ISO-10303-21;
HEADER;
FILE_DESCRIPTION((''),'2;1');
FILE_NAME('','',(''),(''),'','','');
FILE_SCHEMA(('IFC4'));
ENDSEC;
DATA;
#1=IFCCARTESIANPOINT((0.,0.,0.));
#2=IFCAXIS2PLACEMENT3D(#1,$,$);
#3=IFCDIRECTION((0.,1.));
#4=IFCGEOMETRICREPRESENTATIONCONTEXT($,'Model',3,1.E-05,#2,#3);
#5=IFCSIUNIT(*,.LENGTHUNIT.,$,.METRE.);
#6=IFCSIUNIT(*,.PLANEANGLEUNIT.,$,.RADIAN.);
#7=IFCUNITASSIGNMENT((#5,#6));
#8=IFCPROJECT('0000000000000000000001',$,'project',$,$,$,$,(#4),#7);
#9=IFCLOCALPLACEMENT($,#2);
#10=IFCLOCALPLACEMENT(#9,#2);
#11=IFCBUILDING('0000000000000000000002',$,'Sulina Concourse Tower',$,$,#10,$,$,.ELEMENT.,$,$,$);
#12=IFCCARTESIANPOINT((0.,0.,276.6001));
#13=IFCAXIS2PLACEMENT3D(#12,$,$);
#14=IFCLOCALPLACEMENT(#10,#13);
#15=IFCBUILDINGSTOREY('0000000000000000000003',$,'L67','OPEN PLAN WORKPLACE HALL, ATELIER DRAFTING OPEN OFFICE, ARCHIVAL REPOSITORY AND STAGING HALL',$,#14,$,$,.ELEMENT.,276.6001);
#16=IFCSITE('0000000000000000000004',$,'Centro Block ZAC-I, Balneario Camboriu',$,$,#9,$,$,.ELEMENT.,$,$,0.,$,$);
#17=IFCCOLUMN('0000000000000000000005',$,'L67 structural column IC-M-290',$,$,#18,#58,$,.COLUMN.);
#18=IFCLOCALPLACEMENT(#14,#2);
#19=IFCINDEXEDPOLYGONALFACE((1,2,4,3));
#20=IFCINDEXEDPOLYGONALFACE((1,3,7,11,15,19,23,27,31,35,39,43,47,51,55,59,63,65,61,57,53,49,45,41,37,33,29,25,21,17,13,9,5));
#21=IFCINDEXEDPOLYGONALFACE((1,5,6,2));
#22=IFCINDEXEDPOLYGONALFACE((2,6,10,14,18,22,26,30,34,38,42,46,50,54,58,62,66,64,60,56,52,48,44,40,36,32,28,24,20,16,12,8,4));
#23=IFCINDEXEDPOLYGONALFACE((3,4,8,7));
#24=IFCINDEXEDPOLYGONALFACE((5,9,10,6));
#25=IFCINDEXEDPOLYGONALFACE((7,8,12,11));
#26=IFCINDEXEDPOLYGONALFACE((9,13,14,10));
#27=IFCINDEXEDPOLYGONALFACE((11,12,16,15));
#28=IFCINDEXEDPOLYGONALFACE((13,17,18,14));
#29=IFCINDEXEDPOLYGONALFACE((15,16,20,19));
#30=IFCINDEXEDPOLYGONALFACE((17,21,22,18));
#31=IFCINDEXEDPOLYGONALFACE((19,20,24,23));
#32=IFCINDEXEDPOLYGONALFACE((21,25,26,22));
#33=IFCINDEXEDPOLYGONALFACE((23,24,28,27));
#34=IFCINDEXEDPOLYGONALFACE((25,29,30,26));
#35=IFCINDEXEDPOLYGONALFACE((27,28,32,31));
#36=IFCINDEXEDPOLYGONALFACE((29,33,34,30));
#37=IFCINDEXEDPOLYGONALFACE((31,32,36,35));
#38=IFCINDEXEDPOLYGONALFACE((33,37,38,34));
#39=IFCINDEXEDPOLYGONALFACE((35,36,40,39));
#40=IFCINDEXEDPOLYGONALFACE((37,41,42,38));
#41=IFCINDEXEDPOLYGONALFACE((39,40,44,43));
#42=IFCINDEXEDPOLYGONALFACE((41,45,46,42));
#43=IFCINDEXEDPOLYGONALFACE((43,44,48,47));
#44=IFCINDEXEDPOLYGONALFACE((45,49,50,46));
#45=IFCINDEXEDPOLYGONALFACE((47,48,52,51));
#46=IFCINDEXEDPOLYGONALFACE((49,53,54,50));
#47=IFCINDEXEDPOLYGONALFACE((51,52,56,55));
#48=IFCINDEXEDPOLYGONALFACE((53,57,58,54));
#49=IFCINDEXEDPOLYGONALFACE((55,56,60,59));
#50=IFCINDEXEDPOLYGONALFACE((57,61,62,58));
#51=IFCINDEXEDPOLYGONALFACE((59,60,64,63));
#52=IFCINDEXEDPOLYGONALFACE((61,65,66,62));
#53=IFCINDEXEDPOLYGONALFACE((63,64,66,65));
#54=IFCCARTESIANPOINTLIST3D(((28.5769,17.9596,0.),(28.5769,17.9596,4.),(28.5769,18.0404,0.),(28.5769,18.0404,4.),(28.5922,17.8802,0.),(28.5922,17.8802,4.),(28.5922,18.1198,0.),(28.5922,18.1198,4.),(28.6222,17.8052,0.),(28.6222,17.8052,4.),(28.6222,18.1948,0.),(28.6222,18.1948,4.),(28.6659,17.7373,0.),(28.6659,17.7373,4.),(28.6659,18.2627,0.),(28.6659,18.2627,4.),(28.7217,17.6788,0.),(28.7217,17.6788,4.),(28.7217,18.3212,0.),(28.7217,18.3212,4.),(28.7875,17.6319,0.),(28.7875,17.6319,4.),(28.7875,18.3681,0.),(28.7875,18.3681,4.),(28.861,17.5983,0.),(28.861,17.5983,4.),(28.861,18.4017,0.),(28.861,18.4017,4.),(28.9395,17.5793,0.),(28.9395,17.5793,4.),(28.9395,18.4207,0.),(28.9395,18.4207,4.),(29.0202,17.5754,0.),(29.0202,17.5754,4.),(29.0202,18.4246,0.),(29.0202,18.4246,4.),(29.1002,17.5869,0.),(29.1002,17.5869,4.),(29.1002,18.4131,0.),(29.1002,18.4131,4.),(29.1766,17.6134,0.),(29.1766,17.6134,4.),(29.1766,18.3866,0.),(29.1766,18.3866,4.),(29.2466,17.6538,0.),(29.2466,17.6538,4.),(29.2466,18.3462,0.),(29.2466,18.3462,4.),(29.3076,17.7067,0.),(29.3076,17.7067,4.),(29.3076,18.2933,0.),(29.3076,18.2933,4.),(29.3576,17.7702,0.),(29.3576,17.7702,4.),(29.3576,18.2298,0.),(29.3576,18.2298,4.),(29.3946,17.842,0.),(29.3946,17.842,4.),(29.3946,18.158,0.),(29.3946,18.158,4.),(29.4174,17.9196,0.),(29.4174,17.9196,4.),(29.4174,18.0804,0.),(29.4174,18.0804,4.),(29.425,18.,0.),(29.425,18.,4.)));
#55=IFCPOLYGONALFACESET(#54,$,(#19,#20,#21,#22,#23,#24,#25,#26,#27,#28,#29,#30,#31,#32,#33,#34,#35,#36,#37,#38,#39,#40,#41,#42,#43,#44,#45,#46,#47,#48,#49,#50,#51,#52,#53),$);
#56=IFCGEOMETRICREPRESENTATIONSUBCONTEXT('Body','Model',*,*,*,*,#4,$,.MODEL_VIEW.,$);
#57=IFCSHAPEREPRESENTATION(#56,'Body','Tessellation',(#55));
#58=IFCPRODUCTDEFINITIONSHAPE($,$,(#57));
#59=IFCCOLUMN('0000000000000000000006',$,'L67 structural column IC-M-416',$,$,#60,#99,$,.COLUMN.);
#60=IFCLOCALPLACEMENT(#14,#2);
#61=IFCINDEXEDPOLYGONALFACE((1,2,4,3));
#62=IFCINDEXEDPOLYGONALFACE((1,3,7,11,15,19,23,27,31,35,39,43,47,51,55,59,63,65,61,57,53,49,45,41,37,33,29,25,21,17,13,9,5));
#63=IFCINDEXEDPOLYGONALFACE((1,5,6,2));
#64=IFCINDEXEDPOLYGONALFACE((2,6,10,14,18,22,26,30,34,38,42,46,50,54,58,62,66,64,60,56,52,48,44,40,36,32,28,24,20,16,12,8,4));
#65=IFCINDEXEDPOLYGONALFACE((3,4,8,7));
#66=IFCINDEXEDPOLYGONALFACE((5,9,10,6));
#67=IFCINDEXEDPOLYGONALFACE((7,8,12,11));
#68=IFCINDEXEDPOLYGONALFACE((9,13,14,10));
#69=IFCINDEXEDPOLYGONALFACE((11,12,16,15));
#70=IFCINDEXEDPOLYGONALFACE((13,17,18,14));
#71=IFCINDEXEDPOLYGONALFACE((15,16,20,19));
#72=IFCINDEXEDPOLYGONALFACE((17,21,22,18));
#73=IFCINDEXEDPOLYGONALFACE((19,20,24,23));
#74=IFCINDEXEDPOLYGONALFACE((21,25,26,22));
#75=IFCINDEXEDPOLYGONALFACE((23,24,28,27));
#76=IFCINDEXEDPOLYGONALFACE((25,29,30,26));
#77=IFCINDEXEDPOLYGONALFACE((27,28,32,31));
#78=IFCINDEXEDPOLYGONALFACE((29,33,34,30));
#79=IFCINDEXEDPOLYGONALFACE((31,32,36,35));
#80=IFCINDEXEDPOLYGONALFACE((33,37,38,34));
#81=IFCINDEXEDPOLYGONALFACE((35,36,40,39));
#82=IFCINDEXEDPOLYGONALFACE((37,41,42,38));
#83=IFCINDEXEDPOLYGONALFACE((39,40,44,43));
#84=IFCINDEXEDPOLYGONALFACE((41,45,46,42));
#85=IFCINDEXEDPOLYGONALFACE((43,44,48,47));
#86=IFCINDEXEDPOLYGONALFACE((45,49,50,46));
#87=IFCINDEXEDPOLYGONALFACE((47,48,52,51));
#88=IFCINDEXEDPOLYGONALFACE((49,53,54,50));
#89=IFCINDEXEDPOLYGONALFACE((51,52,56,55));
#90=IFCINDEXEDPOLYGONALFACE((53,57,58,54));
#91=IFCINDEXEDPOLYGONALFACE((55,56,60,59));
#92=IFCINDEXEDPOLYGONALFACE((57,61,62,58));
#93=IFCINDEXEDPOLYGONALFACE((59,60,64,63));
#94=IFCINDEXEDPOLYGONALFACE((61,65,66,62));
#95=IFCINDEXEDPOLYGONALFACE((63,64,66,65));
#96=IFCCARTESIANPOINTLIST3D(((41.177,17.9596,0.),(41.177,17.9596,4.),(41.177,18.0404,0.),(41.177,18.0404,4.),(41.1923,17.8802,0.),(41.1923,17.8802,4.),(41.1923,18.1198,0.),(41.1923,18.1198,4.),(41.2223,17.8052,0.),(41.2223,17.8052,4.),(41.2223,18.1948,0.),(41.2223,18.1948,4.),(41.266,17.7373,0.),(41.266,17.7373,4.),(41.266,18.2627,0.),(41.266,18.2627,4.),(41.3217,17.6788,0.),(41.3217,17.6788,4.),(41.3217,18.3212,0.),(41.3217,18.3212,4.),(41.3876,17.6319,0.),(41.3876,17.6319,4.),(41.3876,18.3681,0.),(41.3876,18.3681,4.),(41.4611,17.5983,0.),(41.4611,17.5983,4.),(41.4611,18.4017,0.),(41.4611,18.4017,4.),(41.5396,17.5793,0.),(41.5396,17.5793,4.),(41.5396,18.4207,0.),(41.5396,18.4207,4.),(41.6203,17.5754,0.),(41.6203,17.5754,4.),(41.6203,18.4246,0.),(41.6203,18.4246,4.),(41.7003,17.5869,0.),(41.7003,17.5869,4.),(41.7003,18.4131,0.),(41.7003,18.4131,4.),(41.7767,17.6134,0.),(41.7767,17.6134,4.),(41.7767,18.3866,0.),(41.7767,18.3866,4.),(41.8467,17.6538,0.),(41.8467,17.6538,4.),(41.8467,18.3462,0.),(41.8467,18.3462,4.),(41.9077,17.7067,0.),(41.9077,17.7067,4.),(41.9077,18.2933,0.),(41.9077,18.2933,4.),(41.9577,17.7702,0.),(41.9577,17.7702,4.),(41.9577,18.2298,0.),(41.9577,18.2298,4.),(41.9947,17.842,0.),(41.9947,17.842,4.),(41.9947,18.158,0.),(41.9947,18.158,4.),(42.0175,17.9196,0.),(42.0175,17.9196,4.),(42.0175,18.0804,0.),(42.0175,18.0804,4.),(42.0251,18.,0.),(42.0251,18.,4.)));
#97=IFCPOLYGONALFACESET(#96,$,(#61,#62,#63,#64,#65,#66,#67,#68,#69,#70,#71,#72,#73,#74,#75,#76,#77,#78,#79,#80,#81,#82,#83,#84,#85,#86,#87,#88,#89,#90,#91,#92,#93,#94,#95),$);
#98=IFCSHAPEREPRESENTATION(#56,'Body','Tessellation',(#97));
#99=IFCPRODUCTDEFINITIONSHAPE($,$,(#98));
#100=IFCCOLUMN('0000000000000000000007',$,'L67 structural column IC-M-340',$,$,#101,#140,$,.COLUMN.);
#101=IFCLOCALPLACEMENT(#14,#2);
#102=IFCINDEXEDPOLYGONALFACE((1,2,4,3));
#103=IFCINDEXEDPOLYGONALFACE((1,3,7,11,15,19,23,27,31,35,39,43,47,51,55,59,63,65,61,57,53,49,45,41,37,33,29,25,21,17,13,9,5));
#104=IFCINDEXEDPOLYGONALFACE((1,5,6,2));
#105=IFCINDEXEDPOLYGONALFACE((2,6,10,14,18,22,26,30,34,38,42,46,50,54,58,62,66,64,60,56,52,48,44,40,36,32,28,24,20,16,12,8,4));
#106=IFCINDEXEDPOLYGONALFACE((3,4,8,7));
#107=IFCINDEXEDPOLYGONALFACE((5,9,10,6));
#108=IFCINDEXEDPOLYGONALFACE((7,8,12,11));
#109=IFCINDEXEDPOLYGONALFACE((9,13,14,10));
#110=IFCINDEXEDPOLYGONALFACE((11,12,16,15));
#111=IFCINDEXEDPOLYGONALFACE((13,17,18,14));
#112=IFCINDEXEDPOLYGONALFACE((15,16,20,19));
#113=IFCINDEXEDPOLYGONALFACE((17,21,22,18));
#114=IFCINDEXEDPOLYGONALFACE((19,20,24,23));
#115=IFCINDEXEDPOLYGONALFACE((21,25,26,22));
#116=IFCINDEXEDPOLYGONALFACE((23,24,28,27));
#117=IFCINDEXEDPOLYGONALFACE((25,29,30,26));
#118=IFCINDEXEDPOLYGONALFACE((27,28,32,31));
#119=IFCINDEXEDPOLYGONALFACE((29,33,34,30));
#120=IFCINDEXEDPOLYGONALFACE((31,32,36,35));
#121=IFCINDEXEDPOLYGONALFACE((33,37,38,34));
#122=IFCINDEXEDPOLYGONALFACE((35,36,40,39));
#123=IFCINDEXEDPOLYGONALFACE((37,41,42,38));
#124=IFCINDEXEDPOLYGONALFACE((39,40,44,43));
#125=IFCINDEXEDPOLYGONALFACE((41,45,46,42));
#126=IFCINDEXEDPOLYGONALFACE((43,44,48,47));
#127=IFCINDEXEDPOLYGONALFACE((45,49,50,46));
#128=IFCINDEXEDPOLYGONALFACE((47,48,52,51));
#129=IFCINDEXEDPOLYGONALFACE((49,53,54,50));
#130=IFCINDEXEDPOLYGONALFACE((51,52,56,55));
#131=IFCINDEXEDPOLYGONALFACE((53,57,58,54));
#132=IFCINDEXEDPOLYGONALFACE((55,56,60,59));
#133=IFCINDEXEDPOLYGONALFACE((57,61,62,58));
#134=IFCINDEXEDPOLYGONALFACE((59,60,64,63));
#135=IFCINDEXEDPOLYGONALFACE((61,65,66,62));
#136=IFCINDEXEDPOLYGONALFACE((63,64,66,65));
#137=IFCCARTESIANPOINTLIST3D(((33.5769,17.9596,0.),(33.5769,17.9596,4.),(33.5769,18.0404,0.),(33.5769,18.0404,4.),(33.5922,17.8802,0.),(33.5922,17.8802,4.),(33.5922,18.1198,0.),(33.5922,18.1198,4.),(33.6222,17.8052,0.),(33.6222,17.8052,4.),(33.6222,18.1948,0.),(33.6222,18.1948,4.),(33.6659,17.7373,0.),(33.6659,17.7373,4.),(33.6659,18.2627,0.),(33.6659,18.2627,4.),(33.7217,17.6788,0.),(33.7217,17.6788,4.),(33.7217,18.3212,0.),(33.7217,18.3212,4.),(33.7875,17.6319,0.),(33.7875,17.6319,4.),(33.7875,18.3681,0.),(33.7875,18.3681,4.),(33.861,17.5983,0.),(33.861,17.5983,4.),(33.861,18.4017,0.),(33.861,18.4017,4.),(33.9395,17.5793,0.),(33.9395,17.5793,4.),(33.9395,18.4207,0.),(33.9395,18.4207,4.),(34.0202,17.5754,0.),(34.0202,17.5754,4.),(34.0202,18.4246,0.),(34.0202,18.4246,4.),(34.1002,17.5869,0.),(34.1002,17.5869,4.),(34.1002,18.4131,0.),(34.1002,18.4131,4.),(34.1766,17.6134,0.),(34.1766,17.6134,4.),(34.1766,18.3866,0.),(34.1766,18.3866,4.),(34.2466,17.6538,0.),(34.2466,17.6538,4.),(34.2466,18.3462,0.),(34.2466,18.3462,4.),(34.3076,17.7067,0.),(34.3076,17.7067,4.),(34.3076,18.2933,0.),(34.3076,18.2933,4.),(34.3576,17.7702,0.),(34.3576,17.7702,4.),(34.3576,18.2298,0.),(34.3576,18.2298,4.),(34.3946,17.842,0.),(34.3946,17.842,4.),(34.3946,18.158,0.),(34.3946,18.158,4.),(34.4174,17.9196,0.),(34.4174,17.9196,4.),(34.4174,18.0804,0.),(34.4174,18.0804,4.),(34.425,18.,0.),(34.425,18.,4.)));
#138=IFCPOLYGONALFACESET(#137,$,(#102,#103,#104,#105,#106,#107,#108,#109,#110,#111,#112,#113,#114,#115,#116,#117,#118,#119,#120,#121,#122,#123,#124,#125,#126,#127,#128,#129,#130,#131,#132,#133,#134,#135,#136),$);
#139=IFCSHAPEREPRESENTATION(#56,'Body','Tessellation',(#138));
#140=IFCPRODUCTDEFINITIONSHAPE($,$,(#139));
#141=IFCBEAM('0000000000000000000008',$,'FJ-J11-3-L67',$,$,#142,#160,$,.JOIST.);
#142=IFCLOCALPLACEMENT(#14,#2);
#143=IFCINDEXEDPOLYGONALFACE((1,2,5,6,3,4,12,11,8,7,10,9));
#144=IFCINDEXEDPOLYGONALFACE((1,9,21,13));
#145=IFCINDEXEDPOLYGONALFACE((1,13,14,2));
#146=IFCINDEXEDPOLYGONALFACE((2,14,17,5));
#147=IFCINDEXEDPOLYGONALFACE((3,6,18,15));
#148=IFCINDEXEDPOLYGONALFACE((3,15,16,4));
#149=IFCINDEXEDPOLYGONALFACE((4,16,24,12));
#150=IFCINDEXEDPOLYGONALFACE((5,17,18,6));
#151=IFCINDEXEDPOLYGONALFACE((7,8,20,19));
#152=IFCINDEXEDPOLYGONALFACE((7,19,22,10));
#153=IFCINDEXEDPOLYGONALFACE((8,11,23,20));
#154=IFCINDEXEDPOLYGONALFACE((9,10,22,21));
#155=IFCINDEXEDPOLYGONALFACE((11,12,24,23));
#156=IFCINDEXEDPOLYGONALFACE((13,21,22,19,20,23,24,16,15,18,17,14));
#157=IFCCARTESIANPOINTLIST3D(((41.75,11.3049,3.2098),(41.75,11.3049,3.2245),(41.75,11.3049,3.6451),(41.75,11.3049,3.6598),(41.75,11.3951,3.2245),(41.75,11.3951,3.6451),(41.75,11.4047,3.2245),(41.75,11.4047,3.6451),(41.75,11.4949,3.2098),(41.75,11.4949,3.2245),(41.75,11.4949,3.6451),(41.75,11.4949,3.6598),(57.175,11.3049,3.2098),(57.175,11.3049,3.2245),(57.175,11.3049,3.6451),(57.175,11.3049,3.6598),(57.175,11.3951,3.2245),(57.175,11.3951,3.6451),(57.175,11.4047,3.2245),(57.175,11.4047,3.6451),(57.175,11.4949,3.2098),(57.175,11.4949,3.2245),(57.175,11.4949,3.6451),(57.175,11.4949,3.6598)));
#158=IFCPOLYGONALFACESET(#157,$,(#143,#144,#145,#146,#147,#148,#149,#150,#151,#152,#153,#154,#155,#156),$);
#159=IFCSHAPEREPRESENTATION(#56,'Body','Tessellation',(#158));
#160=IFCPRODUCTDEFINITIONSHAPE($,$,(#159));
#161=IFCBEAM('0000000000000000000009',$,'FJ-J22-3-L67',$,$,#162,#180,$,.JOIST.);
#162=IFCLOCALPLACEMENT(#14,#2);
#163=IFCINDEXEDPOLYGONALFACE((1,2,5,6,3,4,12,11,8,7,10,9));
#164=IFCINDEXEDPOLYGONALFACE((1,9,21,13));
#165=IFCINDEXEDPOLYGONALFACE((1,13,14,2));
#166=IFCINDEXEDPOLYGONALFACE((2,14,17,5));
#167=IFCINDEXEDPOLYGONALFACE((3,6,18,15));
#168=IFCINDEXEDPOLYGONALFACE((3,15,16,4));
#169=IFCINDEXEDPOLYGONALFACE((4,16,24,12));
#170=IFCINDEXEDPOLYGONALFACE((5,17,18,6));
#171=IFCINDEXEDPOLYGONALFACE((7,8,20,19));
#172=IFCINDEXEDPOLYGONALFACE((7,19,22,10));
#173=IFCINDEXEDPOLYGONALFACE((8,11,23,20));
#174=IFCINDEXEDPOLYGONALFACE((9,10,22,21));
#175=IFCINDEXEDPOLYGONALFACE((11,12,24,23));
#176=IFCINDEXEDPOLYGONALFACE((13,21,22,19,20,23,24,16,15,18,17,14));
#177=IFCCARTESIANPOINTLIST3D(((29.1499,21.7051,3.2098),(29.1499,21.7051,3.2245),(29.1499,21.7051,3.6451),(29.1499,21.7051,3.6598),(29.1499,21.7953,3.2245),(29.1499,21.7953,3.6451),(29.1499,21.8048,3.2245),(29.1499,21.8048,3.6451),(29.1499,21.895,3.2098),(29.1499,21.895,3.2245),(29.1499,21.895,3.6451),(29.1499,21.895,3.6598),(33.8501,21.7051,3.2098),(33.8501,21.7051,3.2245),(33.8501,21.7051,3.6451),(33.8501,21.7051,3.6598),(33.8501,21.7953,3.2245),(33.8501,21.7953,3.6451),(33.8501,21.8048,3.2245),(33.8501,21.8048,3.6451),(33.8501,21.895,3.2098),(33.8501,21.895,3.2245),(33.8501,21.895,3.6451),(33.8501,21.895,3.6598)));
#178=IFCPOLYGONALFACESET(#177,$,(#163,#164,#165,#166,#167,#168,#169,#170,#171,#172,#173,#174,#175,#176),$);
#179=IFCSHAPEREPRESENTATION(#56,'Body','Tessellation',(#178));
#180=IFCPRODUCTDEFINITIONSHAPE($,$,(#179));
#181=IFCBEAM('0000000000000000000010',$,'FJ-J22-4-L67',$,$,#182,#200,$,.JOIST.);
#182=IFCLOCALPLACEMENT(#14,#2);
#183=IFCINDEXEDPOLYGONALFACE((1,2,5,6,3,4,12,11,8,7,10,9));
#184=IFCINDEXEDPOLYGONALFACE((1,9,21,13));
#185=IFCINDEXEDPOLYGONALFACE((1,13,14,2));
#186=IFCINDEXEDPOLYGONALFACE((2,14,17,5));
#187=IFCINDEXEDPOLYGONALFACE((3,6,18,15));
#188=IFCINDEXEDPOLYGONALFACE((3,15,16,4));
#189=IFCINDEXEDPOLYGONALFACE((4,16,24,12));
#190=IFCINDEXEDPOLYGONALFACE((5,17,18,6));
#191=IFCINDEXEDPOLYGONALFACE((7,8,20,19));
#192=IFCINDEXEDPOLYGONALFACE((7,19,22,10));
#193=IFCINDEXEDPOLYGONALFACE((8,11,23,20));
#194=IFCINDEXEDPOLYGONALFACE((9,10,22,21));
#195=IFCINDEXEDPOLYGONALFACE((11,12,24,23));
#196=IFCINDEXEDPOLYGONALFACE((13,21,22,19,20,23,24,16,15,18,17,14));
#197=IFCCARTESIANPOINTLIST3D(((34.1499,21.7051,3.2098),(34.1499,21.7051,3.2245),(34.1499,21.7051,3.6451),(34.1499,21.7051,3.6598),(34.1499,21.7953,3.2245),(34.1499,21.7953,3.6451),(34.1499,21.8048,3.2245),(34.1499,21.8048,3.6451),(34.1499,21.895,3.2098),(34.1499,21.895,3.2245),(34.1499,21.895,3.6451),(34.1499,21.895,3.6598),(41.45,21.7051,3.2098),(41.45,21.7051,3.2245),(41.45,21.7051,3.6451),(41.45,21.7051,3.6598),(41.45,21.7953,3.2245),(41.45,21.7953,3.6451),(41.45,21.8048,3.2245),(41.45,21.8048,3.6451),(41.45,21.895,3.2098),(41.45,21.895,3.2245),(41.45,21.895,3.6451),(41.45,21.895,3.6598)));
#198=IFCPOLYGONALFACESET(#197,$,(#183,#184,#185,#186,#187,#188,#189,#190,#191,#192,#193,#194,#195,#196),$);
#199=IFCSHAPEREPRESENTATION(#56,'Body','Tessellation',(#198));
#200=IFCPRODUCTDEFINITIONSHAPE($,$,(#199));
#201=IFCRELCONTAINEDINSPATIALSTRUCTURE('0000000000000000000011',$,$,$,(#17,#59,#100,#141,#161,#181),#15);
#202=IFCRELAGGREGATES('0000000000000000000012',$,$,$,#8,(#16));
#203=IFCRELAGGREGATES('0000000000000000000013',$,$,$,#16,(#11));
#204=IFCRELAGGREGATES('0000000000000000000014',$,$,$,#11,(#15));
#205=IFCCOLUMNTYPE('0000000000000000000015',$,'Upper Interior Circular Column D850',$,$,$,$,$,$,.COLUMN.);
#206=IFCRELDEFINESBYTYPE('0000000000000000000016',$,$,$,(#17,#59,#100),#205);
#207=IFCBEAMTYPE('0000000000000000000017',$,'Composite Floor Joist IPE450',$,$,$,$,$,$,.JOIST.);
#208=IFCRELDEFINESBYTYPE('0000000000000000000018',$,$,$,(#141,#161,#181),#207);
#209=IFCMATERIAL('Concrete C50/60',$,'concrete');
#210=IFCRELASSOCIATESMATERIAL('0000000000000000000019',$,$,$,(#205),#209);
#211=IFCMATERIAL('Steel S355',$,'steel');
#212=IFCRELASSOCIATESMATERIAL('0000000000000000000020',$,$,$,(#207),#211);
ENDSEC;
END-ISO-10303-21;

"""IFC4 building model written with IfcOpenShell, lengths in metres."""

from ifc_helpers import new_model, si_unit, direction, frame, origin, origin_2d, place, context, subcontext, project, spatial, circle, i_section, extrude, material, material_profile, profile_set, type_object, element, save


model = new_model("IFC4")

# Units and contexts
model_context = context("Model", 3, precision=1e-05, world=origin(), true_north=direction((0.0, 1.0)))
body_context = subcontext(model_context, "Body", "Model", "MODEL_VIEW")
ifc_project = project(units=[si_unit("LENGTHUNIT", "METRE"), si_unit("PLANEANGLEUNIT", "RADIAN")], contexts=[model_context])

# Site, building, storey
site_placement = place(None, origin())
site = spatial("IfcSite", under=ifc_project, at=site_placement, Name="Centro Block ZAC-I, Balneario Camboriu", CompositionType="ELEMENT", RefElevation=0.0)
building_placement = place(site_placement, origin())
building = spatial("IfcBuilding", under=site, at=building_placement, Name="Sulina Concourse Tower", CompositionType="ELEMENT")
storey_placement = place(building_placement, frame((0.0, 0.0, 276.6001)))
storey = spatial("IfcBuildingStorey", under=building, at=storey_placement, Name="L67", Description="OPEN PLAN WORKPLACE HALL, ATELIER DRAFTING OPEN OFFICE, ARCHIVAL REPOSITORY AND STAGING HALL", CompositionType="ELEMENT", Elevation=276.6001)

# Columns
ifc_material_1 = material(Name="Concrete C50/60", Category="concrete")
ifc_material_profile_1 = material_profile(ifc_material_1, circle(Radius=0.425, at=origin_2d()), Name="RC D850")
ifc_profile_set_1 = profile_set([ifc_material_profile_1], Name="Concrete C50/60")
column_type = type_object("IfcColumnType", Name="Upper Interior Circular Column D850", PredefinedType="COLUMN", material=ifc_profile_set_1)
for number, where, z_axis, x_axis, name in (
    (1, (29.0, 18.0, 0.0), (0.0, 0.0, 1.0), (1.0, 0.0, 0.0), "L67 structural column IC-M-290"),
    (2, (41.6001, 18.0, 0.0), (0.0, 0.0, 1.0), (1.0, 0.0, 0.0), "L67 structural column IC-M-416"),
    (3, (34.0, 18.0, 0.0), (0.0, 0.0, 1.0), (1.0, 0.0, 0.0), "L67 structural column IC-M-340"),
):
    element("IfcColumn", number, at=place(storey_placement, frame(where, z_axis=z_axis, x_axis=x_axis)), inside=storey, type_object=column_type, Name=name, PredefinedType="COLUMN", context=body_context, shape_type="SweptSolid", body=[
        extrude(circle(Radius=0.425, at=origin_2d()), origin(), (0.0, 0.0, 1.0), 4.0),
    ])

# Beams
ifc_material_2 = material(Name="Steel S355", Category="steel")
ifc_material_profile_2 = material_profile(ifc_material_2, i_section(OverallWidth=0.1899, OverallDepth=0.45, WebThickness=0.0095, FlangeThickness=0.0146, at=origin_2d()), Name="IPE 450")
ifc_profile_set_2 = profile_set([ifc_material_profile_2], Name="Steel S355")
beam_type_1 = type_object("IfcBeamType", Name="Composite Floor Joist IPE450", PredefinedType="JOIST", material=ifc_profile_set_2)
beam_1_placement = place(storey_placement, frame((41.75, 11.3999, 3.4348), z_axis=(1.0, 0.0, 0.0), x_axis=(0.0, 1.0, 0.0)))
element("IfcBeam", 4, at=beam_1_placement, inside=storey, type_object=beam_type_1, Name="FJ-J11-3-L67", PredefinedType="JOIST", context=body_context, shape_type="SweptSolid", body=[
    extrude(i_section(OverallWidth=0.1899, OverallDepth=0.45, WebThickness=0.0095, FlangeThickness=0.0146, at=origin_2d()), origin(), (0.0, 0.0, 1.0), 15.425),
])
beam_2_placement = place(storey_placement, frame((29.1499, 21.8, 3.4348), z_axis=(1.0, 0.0, 0.0), x_axis=(0.0, 1.0, 0.0)))
element("IfcBeam", 5, at=beam_2_placement, inside=storey, type_object=beam_type_1, Name="FJ-J22-3-L67", PredefinedType="JOIST", context=body_context, shape_type="SweptSolid", body=[
    extrude(i_section(OverallWidth=0.1899, OverallDepth=0.45, WebThickness=0.0095, FlangeThickness=0.0146, at=origin_2d()), origin(), (0.0, 0.0, 1.0), 4.7002),
])
beam_3_placement = place(storey_placement, frame((34.1499, 21.8, 3.4348), z_axis=(1.0, 0.0, 0.0), x_axis=(0.0, 1.0, 0.0)))
element("IfcBeam", 6, at=beam_3_placement, inside=storey, type_object=beam_type_1, Name="FJ-J22-4-L67", PredefinedType="JOIST", context=body_context, shape_type="SweptSolid", body=[
    extrude(i_section(OverallWidth=0.1899, OverallDepth=0.45, WebThickness=0.0095, FlangeThickness=0.0146, at=origin_2d()), origin(), (0.0, 0.0, 1.0), 7.3),
])

save(model, "model.ifc")
